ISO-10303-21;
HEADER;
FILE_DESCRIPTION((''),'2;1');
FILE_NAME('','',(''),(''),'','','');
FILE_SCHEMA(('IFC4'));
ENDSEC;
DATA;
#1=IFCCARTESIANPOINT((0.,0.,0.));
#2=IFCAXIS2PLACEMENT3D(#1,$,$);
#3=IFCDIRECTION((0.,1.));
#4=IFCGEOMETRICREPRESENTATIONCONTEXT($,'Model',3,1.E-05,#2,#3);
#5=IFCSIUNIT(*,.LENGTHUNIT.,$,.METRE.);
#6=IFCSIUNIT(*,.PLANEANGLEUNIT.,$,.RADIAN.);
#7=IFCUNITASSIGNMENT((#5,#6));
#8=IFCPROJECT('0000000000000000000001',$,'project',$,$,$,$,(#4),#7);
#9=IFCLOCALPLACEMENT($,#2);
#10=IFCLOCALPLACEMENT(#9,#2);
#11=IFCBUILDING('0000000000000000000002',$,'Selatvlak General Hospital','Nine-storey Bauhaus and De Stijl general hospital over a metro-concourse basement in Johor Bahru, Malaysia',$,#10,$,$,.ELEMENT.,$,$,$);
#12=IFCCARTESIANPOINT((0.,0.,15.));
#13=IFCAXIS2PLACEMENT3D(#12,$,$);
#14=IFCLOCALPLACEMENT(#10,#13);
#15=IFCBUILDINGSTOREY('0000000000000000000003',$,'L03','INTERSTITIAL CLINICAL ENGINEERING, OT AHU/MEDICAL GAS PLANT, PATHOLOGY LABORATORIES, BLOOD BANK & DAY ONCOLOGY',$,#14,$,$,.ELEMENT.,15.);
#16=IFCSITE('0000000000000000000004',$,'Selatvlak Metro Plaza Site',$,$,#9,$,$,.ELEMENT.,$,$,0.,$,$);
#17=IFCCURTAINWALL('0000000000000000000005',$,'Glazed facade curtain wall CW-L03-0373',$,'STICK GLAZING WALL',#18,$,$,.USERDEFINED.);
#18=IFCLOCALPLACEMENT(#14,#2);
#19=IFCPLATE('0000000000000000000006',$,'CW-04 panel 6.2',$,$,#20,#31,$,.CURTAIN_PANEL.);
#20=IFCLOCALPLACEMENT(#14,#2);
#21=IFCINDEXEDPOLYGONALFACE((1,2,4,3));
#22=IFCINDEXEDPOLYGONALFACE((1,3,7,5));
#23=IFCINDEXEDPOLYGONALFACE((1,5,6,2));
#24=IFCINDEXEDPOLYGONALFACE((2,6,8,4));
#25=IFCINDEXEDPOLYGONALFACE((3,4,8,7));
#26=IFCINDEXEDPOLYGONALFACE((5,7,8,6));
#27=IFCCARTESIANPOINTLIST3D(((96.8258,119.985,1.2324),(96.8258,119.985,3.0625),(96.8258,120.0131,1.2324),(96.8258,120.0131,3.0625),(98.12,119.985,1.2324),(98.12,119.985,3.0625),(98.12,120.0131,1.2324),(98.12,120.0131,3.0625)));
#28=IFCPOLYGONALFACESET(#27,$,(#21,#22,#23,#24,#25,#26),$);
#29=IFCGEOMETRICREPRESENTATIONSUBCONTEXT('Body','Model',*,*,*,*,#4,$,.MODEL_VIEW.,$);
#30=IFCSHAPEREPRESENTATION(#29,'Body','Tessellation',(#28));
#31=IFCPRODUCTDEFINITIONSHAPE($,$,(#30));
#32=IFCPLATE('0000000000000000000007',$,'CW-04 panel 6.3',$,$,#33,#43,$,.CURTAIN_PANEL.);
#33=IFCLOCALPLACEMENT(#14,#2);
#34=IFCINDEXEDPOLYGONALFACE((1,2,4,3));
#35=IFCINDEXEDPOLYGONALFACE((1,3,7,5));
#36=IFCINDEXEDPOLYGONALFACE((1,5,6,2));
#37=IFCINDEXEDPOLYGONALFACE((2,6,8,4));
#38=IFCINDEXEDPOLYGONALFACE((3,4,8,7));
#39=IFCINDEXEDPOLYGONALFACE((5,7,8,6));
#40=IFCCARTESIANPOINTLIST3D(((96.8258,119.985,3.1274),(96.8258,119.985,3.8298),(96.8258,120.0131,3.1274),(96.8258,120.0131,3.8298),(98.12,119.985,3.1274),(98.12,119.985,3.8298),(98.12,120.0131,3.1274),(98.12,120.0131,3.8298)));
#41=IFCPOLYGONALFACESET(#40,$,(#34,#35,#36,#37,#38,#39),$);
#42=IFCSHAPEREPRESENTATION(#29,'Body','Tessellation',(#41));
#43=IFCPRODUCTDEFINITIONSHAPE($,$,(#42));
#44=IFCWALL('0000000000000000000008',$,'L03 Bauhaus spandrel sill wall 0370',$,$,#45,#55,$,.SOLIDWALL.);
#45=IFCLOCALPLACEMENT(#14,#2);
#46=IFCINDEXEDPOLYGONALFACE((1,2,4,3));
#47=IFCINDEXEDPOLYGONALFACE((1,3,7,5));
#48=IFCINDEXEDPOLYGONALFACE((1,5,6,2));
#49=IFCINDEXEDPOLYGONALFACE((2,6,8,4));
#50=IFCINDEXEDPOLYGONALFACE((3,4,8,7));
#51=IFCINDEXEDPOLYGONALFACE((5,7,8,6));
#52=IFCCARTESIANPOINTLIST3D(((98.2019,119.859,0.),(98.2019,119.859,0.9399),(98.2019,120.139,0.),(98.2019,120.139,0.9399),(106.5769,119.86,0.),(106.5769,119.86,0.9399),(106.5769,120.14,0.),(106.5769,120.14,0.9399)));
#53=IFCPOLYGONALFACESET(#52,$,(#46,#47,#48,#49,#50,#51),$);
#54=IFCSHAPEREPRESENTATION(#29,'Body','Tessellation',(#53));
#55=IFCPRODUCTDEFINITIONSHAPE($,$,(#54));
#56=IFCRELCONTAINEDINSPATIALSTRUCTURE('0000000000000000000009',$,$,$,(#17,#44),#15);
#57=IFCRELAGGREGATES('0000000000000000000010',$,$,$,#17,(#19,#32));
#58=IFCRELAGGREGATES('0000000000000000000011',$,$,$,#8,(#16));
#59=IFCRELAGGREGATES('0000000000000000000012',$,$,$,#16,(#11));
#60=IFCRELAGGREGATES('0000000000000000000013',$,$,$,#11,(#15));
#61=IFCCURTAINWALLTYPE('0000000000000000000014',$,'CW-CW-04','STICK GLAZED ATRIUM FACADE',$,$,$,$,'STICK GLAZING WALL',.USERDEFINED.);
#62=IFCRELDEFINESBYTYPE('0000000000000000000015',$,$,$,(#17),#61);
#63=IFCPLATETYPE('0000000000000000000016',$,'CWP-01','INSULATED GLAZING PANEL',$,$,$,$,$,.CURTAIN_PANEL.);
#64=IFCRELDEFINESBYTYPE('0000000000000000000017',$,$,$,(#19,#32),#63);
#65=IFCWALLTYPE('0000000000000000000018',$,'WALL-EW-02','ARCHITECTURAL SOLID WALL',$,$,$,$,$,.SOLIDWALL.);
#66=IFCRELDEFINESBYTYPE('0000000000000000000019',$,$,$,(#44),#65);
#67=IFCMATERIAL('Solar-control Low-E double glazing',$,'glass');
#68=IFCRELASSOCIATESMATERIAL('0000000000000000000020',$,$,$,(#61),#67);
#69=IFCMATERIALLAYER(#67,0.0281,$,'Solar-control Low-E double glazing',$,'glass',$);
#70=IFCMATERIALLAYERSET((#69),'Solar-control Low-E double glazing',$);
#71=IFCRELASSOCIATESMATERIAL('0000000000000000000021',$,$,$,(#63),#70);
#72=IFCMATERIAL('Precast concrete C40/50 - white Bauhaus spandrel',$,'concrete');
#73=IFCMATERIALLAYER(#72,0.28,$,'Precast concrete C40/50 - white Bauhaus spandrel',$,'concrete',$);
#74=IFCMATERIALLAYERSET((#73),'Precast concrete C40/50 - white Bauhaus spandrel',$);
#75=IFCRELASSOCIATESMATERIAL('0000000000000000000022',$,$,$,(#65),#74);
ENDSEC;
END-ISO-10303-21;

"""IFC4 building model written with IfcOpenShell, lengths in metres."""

from ifc_helpers import new_model, si_unit, direction, frame, frame_2d, origin, origin_2d, place, context, subcontext, project, spatial, rectangle, extrude, material, layer, layer_set, type_object, element, aggregate, save


model = new_model("IFC4")

# Units and contexts
model_context = context("Model", 3, precision=1e-05, world=origin(), true_north=direction((0.0, 1.0)))
body_context = subcontext(model_context, "Body", "Model", "MODEL_VIEW")
ifc_project = project(units=[si_unit("LENGTHUNIT", "METRE"), si_unit("PLANEANGLEUNIT", "RADIAN")], contexts=[model_context])

# Site, building, storey
site_placement = place(None, origin())
site = spatial("IfcSite", under=ifc_project, at=site_placement, Name="Selatvlak Metro Plaza Site", CompositionType="ELEMENT", RefElevation=0.0)
building_placement = place(site_placement, origin())
building = spatial("IfcBuilding", under=site, at=building_placement, Name="Selatvlak General Hospital", Description="Nine-storey Bauhaus and De Stijl general hospital over a metro-concourse basement in Johor Bahru, Malaysia", CompositionType="ELEMENT")
storey_placement = place(building_placement, frame((0.0, 0.0, 15.0)))
storey = spatial("IfcBuildingStorey", under=building, at=storey_placement, Name="L03", Description="INTERSTITIAL CLINICAL ENGINEERING, OT AHU/MEDICAL GAS PLANT, PATHOLOGY LABORATORIES, BLOOD BANK & DAY ONCOLOGY", CompositionType="ELEMENT", Elevation=15.0)

# Shared definitions
ifc_material_1 = material(Name="Solar-control Low-E double glazing", Category="glass")

# Curtain wall
curtain_wall_type_1 = type_object("IfcCurtainWallType", Name="CW-CW-04", Description="STICK GLAZED ATRIUM FACADE", ElementType="STICK GLAZING WALL", PredefinedType="USERDEFINED", material=ifc_material_1)
curtain_wall_1_placement = place(storey_placement, origin())
curtain_wall_1 = element("IfcCurtainWall", 1, at=curtain_wall_1_placement, inside=storey, type_object=curtain_wall_type_1, Name="Glazed facade curtain wall CW-L03-0373", ObjectType="STICK GLAZING WALL", PredefinedType="USERDEFINED")

# Plates
ifc_layer_1 = layer(ifc_material_1, 0.0281, Name="Solar-control Low-E double glazing", Category="glass")
ifc_layer_set_1 = layer_set([ifc_layer_1], Name="Solar-control Low-E double glazing")
plate_type = type_object("IfcPlateType", Name="CWP-01", Description="INSULATED GLAZING PANEL", PredefinedType="CURTAIN_PANEL", material=ifc_layer_set_1)
plate_1_placement = place(storey_placement, frame((97.4729, 119.999, 1.2324), z_axis=(0.0, 0.0, 1.0), x_axis=(1.0, 0.0, 0.0)))
plate_1 = element("IfcPlate", 2, at=plate_1_placement, type_object=plate_type, Name="CW-04 panel 6.2", PredefinedType="CURTAIN_PANEL", context=body_context, shape_type="SweptSolid", body=[
    extrude(rectangle(XDim=1.2942, YDim=0.0281, at=origin_2d()), origin(), (0.0, 0.0, 1.0), 1.8301),
])
plate_2_placement = place(storey_placement, frame((97.4729, 119.999, 3.1274), z_axis=(0.0, 0.0, 1.0), x_axis=(1.0, 0.0, 0.0)))
plate_2 = element("IfcPlate", 3, at=plate_2_placement, type_object=plate_type, Name="CW-04 panel 6.3", PredefinedType="CURTAIN_PANEL", context=body_context, shape_type="SweptSolid", body=[
    extrude(rectangle(XDim=1.2942, YDim=0.0281, at=origin_2d()), origin(), (0.0, 0.0, 1.0), 0.7024),
])
aggregate(curtain_wall_1, [plate_1, plate_2])

# Wall
ifc_material_2 = material(Name="Precast concrete C40/50 - white Bauhaus spandrel", Category="concrete")
ifc_layer_2 = layer(ifc_material_2, 0.28, Name="Precast concrete C40/50 - white Bauhaus spandrel", Category="concrete")
ifc_layer_set_2 = layer_set([ifc_layer_2], Name="Precast concrete C40/50 - white Bauhaus spandrel")
wall_type = type_object("IfcWallType", Name="WALL-EW-02", Description="ARCHITECTURAL SOLID WALL", PredefinedType="SOLIDWALL", material=ifc_layer_set_2)
wall_placement = place(storey_placement, frame((98.2019, 119.999, 0.0), z_axis=(0.0, 0.0, 1.0), x_axis=(1.0, 0.000117, 0.0)))
element("IfcWall", 4, at=wall_placement, inside=storey, type_object=wall_type, Name="L03 Bauhaus spandrel sill wall 0370", PredefinedType="SOLIDWALL", context=body_context, shape_type="SweptSolid", body=[
    extrude(rectangle(XDim=8.375, YDim=0.28, at=frame_2d((4.1875, 0.0))), origin(), (0.0, 0.0, 1.0), 0.9399),
])

save(model, "model.ifc")
